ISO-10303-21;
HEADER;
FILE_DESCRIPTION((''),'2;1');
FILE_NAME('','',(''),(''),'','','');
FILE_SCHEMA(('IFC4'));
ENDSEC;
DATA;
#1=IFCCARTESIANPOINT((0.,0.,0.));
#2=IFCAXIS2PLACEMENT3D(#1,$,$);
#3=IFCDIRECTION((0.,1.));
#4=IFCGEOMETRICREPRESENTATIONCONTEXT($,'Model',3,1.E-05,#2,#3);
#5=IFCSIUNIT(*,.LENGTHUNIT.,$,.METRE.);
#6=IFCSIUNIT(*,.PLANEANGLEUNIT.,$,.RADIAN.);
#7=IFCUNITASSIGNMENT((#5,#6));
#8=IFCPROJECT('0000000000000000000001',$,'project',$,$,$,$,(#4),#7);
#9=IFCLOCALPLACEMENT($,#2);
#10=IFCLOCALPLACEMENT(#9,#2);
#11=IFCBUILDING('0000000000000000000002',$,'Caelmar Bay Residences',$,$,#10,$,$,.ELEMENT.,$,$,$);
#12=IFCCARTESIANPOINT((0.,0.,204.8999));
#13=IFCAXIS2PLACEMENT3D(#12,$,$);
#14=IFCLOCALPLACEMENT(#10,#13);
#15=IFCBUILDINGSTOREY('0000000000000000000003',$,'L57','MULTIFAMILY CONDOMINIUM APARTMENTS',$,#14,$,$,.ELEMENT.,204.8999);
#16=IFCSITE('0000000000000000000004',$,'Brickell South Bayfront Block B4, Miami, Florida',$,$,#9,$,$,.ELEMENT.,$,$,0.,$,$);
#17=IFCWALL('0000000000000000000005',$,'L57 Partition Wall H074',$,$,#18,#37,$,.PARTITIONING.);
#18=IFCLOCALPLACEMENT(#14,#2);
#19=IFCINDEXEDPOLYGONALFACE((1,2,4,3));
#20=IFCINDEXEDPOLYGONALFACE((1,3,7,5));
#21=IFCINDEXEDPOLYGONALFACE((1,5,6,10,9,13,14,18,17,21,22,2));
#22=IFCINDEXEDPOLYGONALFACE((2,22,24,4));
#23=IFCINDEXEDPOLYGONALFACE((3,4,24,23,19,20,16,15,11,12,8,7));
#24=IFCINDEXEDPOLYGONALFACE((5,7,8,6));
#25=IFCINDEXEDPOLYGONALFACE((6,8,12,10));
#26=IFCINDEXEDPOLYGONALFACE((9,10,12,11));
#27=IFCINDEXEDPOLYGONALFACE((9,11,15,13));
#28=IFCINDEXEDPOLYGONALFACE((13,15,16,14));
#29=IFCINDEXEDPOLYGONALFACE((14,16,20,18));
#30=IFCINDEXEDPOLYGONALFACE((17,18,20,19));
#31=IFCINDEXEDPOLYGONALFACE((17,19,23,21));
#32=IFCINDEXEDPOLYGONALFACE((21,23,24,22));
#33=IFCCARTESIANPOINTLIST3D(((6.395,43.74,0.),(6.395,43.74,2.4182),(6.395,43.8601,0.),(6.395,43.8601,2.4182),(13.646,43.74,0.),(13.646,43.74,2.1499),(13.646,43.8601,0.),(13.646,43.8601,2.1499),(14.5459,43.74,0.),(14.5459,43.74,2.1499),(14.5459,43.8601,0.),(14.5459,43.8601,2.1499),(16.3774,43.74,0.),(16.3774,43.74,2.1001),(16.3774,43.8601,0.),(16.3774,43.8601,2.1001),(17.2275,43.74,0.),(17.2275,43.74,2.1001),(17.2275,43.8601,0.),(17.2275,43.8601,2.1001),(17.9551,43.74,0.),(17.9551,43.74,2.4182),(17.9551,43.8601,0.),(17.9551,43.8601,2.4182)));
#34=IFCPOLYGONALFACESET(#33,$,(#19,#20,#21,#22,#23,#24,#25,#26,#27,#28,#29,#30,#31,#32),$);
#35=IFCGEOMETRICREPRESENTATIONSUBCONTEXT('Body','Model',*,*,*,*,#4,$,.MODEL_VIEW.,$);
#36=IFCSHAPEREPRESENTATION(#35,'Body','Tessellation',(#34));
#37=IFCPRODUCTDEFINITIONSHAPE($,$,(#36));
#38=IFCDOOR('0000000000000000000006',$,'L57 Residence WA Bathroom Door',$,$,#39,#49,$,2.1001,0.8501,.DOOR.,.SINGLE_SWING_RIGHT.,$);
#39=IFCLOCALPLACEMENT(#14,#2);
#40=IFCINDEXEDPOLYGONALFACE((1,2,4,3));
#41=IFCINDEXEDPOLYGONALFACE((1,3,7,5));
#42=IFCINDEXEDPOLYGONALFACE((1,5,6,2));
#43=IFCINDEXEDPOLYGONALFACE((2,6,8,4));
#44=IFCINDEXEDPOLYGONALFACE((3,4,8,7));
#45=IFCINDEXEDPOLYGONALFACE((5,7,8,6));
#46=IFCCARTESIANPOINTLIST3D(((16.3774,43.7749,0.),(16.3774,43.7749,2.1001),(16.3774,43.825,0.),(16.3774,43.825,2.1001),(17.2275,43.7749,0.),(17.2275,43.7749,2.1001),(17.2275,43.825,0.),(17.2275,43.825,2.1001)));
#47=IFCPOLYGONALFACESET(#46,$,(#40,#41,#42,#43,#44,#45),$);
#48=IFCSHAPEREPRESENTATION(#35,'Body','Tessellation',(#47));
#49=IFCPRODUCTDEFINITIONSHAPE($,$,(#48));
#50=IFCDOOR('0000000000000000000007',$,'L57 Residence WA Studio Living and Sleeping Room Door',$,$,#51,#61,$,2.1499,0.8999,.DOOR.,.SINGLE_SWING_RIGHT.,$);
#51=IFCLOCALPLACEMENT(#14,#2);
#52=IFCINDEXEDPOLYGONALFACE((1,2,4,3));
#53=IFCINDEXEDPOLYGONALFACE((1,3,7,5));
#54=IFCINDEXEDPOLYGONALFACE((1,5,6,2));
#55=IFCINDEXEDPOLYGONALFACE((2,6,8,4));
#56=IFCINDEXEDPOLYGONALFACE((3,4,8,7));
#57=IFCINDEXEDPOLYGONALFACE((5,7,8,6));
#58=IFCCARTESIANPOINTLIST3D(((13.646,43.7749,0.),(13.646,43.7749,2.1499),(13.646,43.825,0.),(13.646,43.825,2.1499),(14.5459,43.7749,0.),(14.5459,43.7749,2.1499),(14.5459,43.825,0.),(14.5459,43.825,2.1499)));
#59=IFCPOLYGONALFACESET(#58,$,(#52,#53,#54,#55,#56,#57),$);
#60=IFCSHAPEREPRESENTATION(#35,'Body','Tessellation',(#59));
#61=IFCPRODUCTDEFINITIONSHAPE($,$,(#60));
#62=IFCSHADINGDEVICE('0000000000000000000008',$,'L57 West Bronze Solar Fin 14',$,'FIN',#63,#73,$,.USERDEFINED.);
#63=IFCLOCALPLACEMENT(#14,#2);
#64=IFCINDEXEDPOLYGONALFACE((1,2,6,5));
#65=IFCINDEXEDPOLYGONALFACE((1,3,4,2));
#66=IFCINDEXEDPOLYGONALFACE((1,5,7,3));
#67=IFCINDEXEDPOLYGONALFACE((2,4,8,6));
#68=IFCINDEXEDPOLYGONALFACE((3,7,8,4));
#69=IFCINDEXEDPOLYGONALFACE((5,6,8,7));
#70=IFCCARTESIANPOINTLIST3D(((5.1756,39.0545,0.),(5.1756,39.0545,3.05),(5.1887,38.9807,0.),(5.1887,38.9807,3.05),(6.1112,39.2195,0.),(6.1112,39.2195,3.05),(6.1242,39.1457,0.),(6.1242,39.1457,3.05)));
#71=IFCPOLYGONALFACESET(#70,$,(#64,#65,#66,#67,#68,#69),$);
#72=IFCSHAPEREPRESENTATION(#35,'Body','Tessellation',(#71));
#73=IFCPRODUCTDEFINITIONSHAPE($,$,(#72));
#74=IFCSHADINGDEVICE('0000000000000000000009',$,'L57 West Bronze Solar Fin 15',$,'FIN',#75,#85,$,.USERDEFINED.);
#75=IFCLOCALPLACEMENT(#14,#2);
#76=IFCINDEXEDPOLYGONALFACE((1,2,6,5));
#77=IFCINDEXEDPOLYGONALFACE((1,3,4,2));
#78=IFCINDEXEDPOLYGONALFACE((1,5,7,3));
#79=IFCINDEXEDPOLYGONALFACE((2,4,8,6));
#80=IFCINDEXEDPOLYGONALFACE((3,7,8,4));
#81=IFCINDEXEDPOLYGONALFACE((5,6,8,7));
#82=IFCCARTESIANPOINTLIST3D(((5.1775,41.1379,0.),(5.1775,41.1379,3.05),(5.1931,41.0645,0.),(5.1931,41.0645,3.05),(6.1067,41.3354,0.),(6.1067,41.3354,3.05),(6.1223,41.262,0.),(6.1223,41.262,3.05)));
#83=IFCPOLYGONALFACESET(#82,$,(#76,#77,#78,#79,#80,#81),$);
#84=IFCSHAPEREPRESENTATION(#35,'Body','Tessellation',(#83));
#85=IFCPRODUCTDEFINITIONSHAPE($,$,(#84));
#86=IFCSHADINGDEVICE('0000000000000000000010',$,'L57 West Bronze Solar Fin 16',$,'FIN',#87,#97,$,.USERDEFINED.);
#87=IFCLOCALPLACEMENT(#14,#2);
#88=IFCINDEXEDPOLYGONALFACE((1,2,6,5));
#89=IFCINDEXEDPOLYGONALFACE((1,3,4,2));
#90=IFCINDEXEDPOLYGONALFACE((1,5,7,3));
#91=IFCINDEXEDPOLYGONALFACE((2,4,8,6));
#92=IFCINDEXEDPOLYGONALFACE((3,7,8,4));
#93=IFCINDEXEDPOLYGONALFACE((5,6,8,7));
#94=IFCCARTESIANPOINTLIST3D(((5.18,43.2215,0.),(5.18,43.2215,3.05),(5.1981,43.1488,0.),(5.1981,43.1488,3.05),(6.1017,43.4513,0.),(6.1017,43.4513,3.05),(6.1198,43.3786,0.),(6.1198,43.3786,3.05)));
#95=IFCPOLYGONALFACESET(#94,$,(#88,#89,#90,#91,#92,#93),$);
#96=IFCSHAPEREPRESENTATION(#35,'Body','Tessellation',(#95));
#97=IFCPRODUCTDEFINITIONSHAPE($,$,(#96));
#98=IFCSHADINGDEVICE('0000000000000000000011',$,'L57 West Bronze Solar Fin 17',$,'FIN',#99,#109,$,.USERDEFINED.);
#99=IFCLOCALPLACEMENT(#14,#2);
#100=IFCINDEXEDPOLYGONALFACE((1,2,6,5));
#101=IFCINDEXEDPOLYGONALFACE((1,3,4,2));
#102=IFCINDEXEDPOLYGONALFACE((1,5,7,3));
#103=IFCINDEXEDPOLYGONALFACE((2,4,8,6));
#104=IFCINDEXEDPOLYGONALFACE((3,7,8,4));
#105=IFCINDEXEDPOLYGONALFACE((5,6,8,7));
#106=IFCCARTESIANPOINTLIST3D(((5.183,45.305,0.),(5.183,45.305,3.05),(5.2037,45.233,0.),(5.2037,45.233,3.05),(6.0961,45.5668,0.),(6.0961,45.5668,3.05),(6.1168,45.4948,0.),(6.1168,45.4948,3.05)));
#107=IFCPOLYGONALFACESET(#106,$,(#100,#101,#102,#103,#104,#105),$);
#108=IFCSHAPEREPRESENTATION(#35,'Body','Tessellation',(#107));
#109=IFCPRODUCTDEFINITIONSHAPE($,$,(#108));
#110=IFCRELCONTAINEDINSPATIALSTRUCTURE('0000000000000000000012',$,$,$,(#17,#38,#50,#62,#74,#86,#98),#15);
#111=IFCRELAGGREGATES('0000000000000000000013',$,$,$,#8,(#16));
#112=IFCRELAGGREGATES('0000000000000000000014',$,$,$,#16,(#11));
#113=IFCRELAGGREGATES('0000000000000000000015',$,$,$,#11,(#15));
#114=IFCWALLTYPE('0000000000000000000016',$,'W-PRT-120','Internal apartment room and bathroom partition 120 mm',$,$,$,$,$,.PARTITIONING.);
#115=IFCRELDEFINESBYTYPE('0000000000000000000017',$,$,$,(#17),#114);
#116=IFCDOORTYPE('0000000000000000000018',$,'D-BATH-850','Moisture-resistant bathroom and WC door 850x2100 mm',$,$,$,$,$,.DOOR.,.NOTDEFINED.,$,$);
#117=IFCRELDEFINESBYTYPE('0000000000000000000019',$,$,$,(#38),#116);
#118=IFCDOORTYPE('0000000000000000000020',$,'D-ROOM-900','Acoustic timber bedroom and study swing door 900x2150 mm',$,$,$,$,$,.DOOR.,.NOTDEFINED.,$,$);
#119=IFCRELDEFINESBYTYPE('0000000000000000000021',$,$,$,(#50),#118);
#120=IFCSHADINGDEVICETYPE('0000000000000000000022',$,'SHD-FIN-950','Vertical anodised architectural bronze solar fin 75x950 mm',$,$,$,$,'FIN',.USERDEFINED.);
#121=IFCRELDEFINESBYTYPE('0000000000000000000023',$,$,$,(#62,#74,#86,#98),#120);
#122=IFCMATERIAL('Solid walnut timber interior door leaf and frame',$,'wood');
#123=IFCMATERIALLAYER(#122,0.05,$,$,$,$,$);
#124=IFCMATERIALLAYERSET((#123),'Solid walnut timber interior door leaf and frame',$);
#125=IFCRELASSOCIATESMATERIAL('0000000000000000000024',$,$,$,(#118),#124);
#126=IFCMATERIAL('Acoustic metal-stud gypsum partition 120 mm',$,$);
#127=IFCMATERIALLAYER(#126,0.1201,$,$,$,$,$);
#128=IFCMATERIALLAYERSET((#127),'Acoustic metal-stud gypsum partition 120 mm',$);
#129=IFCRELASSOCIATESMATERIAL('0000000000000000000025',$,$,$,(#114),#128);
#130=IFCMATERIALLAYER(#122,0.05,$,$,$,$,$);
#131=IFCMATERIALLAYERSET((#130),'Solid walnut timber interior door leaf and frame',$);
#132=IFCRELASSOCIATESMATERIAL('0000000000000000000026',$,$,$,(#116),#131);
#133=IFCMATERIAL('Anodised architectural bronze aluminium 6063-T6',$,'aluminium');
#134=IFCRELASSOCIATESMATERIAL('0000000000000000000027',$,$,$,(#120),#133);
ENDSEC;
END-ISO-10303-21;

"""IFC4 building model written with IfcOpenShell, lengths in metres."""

from ifc_helpers import new_model, si_unit, direction, frame, frame_2d, origin, origin_2d, place, context, subcontext, project, spatial, rectangle, extrude, material, layer, layer_set, material_profile, profile_set, type_object, element, fill, save


model = new_model("IFC4")

# Units and contexts
model_context = context("Model", 3, precision=1e-05, world=origin(), true_north=direction((0.0, 1.0)))
body_context = subcontext(model_context, "Body", "Model", "MODEL_VIEW")
ifc_project = project(units=[si_unit("LENGTHUNIT", "METRE"), si_unit("PLANEANGLEUNIT", "RADIAN")], contexts=[model_context])

# Site, building, storey
site_placement = place(None, origin())
site = spatial("IfcSite", under=ifc_project, at=site_placement, Name="Brickell South Bayfront Block B4, Miami, Florida", CompositionType="ELEMENT", RefElevation=0.0)
building_placement = place(site_placement, origin())
building = spatial("IfcBuilding", under=site, at=building_placement, Name="Caelmar Bay Residences", CompositionType="ELEMENT")
storey_placement = place(building_placement, frame((0.0, 0.0, 204.8999)))
storey = spatial("IfcBuildingStorey", under=building, at=storey_placement, Name="L57", Description="MULTIFAMILY CONDOMINIUM APARTMENTS", CompositionType="ELEMENT", Elevation=204.8999)

# Shared definitions
ifc_material_1 = material(Name="Solid walnut timber interior door leaf and frame", Category="wood")
ifc_layer_1 = layer(ifc_material_1, 0.05)
ifc_layer_set_1 = layer_set([ifc_layer_1], Name="Solid walnut timber interior door leaf and frame")
door_type_1 = type_object("IfcDoorType", Name="D-ROOM-900", Description="Acoustic timber bedroom and study swing door 900x2150 mm", OperationType="NOTDEFINED", PredefinedType="DOOR", material=ifc_layer_set_1)
ifc_material_2 = material(Name="Acoustic metal-stud gypsum partition 120 mm")
ifc_layer_2 = layer(ifc_material_2, 0.1201)
ifc_layer_set_2 = layer_set([ifc_layer_2], Name="Acoustic metal-stud gypsum partition 120 mm")
wall_type_1 = type_object("IfcWallType", Name="W-PRT-120", Description="Internal apartment room and bathroom partition 120 mm", PredefinedType="PARTITIONING", material=ifc_layer_set_2)

# Wall, openings, doors
wall_1_placement = place(storey_placement, frame((6.395, 43.8, 0.0), z_axis=(0.0, 0.0, 1.0), x_axis=(1.0, 0.0, 0.0)))
wall_1 = element("IfcWall", 1, at=wall_1_placement, inside=storey, type_object=wall_type_1, Name="L57 Partition Wall H074", PredefinedType="PARTITIONING", context=body_context, shape_type="SweptSolid", body=[
    extrude(rectangle(XDim=11.5601, YDim=0.1201, at=frame_2d((5.78, 0.0))), origin(), (0.0, 0.0, 1.0), 2.4182),
])
opening_1_placement = place(wall_1_placement, frame((7.251, 0.0, 0.0)))
opening_1 = element("IfcOpeningElement", 2, at=opening_1_placement, cuts=wall_1, PredefinedType="OPENING", context=body_context, shape_type="SweptSolid", body=[
    extrude(rectangle(XDim=0.8999, YDim=2.1499, at=frame_2d((0.45, 1.075))), frame((0.0, 0.0701, 0.0), z_axis=(0.0, -1.0, 0.0), x_axis=(1.0, 0.0, 0.0)), (0.0, 0.0, 1.0), 0.1401),
])
opening_2_placement = place(wall_1_placement, frame((9.9824, 0.0, 0.0)))
opening_2 = element("IfcOpeningElement", 3, at=opening_2_placement, cuts=wall_1, PredefinedType="OPENING", context=body_context, shape_type="SweptSolid", body=[
    extrude(rectangle(XDim=0.8501, YDim=2.1001, at=frame_2d((0.425, 1.05))), frame((0.0, 0.0701, 0.0), z_axis=(0.0, -1.0, 0.0), x_axis=(1.0, 0.0, 0.0)), (0.0, 0.0, 1.0), 0.1401),
])
ifc_layer_3 = layer(ifc_material_1, 0.05)
ifc_layer_set_3 = layer_set([ifc_layer_3], Name="Solid walnut timber interior door leaf and frame")
door_type_2 = type_object("IfcDoorType", Name="D-BATH-850", Description="Moisture-resistant bathroom and WC door 850x2100 mm", OperationType="NOTDEFINED", PredefinedType="DOOR", material=ifc_layer_set_3)
door_1_placement = place(opening_2_placement, origin())
door_1 = element("IfcDoor", 4, at=door_1_placement, inside=storey, type_object=door_type_2, Name="L57 Residence WA Bathroom Door", OperationType="SINGLE_SWING_RIGHT", OverallHeight=2.1001, OverallWidth=0.8501, PredefinedType="DOOR", context=body_context, shape_type="SweptSolid", body=[
    extrude(rectangle(XDim=0.8501, YDim=2.1001, at=frame_2d((0.425, 1.05))), frame((0.0, 0.0249, 0.0), z_axis=(0.0, -1.0, 0.0), x_axis=(1.0, 0.0, 0.0)), (0.0, 0.0, 1.0), 0.05),
])
fill(opening_2, door_1)
door_2_placement = place(opening_1_placement, origin())
door_2 = element("IfcDoor", 5, at=door_2_placement, inside=storey, type_object=door_type_1, Name="L57 Residence WA Studio Living and Sleeping Room Door", OperationType="SINGLE_SWING_RIGHT", OverallHeight=2.1499, OverallWidth=0.8999, PredefinedType="DOOR", context=body_context, shape_type="SweptSolid", body=[
    extrude(rectangle(XDim=0.8999, YDim=2.1499, at=frame_2d((0.45, 1.075))), frame((0.0, 0.0249, 0.0), z_axis=(0.0, -1.0, 0.0), x_axis=(1.0, 0.0, 0.0)), (0.0, 0.0, 1.0), 0.05),
])
fill(opening_1, door_2)

# Shading devices
ifc_material_3 = material(Name="Anodised architectural bronze aluminium 6063-T6", Category="aluminium")
ifc_material_profile_1 = material_profile(ifc_material_3, rectangle(XDim=0.075, YDim=0.95, at=origin_2d()), Name="BRONZE-FIN-75X950")
ifc_profile_set_1 = profile_set([ifc_material_profile_1], Name="Anodised architectural bronze aluminium 6063-T6")
shading_device_type = type_object("IfcShadingDeviceType", Name="SHD-FIN-950", Description="Vertical anodised architectural bronze solar fin 75x950 mm", ElementType="FIN", PredefinedType="USERDEFINED", material=ifc_profile_set_1)
for number, where, z_axis, x_axis, name in (
    (6, (5.6499, 39.1001, 0.0), (0.0, 0.0, 1.0), (-0.173648, 0.984808, 0.0), "L57 West Bronze Solar Fin 14"),
    (7, (5.6499, 41.2, 0.0), (0.0, 0.0, 1.0), (-0.207912, 0.978148, 0.0), "L57 West Bronze Solar Fin 15"),
    (8, (5.6499, 43.3, 0.0), (0.0, 0.0, 1.0), (-0.241922, 0.970296, 0.0), "L57 West Bronze Solar Fin 16"),
    (9, (5.6499, 45.3999, 0.0), (0.0, 0.0, 1.0), (-0.275637, 0.961262, 0.0), "L57 West Bronze Solar Fin 17"),
):
    element("IfcShadingDevice", number, at=place(storey_placement, frame(where, z_axis=z_axis, x_axis=x_axis)), inside=storey, type_object=shading_device_type, Name=name, ObjectType="FIN", PredefinedType="USERDEFINED", context=body_context, shape_type="SweptSolid", body=[
        extrude(rectangle(XDim=0.075, YDim=0.95, at=origin_2d()), origin(), (0.0, 0.0, 1.0), 3.05),
    ])

save(model, "model.ifc")
